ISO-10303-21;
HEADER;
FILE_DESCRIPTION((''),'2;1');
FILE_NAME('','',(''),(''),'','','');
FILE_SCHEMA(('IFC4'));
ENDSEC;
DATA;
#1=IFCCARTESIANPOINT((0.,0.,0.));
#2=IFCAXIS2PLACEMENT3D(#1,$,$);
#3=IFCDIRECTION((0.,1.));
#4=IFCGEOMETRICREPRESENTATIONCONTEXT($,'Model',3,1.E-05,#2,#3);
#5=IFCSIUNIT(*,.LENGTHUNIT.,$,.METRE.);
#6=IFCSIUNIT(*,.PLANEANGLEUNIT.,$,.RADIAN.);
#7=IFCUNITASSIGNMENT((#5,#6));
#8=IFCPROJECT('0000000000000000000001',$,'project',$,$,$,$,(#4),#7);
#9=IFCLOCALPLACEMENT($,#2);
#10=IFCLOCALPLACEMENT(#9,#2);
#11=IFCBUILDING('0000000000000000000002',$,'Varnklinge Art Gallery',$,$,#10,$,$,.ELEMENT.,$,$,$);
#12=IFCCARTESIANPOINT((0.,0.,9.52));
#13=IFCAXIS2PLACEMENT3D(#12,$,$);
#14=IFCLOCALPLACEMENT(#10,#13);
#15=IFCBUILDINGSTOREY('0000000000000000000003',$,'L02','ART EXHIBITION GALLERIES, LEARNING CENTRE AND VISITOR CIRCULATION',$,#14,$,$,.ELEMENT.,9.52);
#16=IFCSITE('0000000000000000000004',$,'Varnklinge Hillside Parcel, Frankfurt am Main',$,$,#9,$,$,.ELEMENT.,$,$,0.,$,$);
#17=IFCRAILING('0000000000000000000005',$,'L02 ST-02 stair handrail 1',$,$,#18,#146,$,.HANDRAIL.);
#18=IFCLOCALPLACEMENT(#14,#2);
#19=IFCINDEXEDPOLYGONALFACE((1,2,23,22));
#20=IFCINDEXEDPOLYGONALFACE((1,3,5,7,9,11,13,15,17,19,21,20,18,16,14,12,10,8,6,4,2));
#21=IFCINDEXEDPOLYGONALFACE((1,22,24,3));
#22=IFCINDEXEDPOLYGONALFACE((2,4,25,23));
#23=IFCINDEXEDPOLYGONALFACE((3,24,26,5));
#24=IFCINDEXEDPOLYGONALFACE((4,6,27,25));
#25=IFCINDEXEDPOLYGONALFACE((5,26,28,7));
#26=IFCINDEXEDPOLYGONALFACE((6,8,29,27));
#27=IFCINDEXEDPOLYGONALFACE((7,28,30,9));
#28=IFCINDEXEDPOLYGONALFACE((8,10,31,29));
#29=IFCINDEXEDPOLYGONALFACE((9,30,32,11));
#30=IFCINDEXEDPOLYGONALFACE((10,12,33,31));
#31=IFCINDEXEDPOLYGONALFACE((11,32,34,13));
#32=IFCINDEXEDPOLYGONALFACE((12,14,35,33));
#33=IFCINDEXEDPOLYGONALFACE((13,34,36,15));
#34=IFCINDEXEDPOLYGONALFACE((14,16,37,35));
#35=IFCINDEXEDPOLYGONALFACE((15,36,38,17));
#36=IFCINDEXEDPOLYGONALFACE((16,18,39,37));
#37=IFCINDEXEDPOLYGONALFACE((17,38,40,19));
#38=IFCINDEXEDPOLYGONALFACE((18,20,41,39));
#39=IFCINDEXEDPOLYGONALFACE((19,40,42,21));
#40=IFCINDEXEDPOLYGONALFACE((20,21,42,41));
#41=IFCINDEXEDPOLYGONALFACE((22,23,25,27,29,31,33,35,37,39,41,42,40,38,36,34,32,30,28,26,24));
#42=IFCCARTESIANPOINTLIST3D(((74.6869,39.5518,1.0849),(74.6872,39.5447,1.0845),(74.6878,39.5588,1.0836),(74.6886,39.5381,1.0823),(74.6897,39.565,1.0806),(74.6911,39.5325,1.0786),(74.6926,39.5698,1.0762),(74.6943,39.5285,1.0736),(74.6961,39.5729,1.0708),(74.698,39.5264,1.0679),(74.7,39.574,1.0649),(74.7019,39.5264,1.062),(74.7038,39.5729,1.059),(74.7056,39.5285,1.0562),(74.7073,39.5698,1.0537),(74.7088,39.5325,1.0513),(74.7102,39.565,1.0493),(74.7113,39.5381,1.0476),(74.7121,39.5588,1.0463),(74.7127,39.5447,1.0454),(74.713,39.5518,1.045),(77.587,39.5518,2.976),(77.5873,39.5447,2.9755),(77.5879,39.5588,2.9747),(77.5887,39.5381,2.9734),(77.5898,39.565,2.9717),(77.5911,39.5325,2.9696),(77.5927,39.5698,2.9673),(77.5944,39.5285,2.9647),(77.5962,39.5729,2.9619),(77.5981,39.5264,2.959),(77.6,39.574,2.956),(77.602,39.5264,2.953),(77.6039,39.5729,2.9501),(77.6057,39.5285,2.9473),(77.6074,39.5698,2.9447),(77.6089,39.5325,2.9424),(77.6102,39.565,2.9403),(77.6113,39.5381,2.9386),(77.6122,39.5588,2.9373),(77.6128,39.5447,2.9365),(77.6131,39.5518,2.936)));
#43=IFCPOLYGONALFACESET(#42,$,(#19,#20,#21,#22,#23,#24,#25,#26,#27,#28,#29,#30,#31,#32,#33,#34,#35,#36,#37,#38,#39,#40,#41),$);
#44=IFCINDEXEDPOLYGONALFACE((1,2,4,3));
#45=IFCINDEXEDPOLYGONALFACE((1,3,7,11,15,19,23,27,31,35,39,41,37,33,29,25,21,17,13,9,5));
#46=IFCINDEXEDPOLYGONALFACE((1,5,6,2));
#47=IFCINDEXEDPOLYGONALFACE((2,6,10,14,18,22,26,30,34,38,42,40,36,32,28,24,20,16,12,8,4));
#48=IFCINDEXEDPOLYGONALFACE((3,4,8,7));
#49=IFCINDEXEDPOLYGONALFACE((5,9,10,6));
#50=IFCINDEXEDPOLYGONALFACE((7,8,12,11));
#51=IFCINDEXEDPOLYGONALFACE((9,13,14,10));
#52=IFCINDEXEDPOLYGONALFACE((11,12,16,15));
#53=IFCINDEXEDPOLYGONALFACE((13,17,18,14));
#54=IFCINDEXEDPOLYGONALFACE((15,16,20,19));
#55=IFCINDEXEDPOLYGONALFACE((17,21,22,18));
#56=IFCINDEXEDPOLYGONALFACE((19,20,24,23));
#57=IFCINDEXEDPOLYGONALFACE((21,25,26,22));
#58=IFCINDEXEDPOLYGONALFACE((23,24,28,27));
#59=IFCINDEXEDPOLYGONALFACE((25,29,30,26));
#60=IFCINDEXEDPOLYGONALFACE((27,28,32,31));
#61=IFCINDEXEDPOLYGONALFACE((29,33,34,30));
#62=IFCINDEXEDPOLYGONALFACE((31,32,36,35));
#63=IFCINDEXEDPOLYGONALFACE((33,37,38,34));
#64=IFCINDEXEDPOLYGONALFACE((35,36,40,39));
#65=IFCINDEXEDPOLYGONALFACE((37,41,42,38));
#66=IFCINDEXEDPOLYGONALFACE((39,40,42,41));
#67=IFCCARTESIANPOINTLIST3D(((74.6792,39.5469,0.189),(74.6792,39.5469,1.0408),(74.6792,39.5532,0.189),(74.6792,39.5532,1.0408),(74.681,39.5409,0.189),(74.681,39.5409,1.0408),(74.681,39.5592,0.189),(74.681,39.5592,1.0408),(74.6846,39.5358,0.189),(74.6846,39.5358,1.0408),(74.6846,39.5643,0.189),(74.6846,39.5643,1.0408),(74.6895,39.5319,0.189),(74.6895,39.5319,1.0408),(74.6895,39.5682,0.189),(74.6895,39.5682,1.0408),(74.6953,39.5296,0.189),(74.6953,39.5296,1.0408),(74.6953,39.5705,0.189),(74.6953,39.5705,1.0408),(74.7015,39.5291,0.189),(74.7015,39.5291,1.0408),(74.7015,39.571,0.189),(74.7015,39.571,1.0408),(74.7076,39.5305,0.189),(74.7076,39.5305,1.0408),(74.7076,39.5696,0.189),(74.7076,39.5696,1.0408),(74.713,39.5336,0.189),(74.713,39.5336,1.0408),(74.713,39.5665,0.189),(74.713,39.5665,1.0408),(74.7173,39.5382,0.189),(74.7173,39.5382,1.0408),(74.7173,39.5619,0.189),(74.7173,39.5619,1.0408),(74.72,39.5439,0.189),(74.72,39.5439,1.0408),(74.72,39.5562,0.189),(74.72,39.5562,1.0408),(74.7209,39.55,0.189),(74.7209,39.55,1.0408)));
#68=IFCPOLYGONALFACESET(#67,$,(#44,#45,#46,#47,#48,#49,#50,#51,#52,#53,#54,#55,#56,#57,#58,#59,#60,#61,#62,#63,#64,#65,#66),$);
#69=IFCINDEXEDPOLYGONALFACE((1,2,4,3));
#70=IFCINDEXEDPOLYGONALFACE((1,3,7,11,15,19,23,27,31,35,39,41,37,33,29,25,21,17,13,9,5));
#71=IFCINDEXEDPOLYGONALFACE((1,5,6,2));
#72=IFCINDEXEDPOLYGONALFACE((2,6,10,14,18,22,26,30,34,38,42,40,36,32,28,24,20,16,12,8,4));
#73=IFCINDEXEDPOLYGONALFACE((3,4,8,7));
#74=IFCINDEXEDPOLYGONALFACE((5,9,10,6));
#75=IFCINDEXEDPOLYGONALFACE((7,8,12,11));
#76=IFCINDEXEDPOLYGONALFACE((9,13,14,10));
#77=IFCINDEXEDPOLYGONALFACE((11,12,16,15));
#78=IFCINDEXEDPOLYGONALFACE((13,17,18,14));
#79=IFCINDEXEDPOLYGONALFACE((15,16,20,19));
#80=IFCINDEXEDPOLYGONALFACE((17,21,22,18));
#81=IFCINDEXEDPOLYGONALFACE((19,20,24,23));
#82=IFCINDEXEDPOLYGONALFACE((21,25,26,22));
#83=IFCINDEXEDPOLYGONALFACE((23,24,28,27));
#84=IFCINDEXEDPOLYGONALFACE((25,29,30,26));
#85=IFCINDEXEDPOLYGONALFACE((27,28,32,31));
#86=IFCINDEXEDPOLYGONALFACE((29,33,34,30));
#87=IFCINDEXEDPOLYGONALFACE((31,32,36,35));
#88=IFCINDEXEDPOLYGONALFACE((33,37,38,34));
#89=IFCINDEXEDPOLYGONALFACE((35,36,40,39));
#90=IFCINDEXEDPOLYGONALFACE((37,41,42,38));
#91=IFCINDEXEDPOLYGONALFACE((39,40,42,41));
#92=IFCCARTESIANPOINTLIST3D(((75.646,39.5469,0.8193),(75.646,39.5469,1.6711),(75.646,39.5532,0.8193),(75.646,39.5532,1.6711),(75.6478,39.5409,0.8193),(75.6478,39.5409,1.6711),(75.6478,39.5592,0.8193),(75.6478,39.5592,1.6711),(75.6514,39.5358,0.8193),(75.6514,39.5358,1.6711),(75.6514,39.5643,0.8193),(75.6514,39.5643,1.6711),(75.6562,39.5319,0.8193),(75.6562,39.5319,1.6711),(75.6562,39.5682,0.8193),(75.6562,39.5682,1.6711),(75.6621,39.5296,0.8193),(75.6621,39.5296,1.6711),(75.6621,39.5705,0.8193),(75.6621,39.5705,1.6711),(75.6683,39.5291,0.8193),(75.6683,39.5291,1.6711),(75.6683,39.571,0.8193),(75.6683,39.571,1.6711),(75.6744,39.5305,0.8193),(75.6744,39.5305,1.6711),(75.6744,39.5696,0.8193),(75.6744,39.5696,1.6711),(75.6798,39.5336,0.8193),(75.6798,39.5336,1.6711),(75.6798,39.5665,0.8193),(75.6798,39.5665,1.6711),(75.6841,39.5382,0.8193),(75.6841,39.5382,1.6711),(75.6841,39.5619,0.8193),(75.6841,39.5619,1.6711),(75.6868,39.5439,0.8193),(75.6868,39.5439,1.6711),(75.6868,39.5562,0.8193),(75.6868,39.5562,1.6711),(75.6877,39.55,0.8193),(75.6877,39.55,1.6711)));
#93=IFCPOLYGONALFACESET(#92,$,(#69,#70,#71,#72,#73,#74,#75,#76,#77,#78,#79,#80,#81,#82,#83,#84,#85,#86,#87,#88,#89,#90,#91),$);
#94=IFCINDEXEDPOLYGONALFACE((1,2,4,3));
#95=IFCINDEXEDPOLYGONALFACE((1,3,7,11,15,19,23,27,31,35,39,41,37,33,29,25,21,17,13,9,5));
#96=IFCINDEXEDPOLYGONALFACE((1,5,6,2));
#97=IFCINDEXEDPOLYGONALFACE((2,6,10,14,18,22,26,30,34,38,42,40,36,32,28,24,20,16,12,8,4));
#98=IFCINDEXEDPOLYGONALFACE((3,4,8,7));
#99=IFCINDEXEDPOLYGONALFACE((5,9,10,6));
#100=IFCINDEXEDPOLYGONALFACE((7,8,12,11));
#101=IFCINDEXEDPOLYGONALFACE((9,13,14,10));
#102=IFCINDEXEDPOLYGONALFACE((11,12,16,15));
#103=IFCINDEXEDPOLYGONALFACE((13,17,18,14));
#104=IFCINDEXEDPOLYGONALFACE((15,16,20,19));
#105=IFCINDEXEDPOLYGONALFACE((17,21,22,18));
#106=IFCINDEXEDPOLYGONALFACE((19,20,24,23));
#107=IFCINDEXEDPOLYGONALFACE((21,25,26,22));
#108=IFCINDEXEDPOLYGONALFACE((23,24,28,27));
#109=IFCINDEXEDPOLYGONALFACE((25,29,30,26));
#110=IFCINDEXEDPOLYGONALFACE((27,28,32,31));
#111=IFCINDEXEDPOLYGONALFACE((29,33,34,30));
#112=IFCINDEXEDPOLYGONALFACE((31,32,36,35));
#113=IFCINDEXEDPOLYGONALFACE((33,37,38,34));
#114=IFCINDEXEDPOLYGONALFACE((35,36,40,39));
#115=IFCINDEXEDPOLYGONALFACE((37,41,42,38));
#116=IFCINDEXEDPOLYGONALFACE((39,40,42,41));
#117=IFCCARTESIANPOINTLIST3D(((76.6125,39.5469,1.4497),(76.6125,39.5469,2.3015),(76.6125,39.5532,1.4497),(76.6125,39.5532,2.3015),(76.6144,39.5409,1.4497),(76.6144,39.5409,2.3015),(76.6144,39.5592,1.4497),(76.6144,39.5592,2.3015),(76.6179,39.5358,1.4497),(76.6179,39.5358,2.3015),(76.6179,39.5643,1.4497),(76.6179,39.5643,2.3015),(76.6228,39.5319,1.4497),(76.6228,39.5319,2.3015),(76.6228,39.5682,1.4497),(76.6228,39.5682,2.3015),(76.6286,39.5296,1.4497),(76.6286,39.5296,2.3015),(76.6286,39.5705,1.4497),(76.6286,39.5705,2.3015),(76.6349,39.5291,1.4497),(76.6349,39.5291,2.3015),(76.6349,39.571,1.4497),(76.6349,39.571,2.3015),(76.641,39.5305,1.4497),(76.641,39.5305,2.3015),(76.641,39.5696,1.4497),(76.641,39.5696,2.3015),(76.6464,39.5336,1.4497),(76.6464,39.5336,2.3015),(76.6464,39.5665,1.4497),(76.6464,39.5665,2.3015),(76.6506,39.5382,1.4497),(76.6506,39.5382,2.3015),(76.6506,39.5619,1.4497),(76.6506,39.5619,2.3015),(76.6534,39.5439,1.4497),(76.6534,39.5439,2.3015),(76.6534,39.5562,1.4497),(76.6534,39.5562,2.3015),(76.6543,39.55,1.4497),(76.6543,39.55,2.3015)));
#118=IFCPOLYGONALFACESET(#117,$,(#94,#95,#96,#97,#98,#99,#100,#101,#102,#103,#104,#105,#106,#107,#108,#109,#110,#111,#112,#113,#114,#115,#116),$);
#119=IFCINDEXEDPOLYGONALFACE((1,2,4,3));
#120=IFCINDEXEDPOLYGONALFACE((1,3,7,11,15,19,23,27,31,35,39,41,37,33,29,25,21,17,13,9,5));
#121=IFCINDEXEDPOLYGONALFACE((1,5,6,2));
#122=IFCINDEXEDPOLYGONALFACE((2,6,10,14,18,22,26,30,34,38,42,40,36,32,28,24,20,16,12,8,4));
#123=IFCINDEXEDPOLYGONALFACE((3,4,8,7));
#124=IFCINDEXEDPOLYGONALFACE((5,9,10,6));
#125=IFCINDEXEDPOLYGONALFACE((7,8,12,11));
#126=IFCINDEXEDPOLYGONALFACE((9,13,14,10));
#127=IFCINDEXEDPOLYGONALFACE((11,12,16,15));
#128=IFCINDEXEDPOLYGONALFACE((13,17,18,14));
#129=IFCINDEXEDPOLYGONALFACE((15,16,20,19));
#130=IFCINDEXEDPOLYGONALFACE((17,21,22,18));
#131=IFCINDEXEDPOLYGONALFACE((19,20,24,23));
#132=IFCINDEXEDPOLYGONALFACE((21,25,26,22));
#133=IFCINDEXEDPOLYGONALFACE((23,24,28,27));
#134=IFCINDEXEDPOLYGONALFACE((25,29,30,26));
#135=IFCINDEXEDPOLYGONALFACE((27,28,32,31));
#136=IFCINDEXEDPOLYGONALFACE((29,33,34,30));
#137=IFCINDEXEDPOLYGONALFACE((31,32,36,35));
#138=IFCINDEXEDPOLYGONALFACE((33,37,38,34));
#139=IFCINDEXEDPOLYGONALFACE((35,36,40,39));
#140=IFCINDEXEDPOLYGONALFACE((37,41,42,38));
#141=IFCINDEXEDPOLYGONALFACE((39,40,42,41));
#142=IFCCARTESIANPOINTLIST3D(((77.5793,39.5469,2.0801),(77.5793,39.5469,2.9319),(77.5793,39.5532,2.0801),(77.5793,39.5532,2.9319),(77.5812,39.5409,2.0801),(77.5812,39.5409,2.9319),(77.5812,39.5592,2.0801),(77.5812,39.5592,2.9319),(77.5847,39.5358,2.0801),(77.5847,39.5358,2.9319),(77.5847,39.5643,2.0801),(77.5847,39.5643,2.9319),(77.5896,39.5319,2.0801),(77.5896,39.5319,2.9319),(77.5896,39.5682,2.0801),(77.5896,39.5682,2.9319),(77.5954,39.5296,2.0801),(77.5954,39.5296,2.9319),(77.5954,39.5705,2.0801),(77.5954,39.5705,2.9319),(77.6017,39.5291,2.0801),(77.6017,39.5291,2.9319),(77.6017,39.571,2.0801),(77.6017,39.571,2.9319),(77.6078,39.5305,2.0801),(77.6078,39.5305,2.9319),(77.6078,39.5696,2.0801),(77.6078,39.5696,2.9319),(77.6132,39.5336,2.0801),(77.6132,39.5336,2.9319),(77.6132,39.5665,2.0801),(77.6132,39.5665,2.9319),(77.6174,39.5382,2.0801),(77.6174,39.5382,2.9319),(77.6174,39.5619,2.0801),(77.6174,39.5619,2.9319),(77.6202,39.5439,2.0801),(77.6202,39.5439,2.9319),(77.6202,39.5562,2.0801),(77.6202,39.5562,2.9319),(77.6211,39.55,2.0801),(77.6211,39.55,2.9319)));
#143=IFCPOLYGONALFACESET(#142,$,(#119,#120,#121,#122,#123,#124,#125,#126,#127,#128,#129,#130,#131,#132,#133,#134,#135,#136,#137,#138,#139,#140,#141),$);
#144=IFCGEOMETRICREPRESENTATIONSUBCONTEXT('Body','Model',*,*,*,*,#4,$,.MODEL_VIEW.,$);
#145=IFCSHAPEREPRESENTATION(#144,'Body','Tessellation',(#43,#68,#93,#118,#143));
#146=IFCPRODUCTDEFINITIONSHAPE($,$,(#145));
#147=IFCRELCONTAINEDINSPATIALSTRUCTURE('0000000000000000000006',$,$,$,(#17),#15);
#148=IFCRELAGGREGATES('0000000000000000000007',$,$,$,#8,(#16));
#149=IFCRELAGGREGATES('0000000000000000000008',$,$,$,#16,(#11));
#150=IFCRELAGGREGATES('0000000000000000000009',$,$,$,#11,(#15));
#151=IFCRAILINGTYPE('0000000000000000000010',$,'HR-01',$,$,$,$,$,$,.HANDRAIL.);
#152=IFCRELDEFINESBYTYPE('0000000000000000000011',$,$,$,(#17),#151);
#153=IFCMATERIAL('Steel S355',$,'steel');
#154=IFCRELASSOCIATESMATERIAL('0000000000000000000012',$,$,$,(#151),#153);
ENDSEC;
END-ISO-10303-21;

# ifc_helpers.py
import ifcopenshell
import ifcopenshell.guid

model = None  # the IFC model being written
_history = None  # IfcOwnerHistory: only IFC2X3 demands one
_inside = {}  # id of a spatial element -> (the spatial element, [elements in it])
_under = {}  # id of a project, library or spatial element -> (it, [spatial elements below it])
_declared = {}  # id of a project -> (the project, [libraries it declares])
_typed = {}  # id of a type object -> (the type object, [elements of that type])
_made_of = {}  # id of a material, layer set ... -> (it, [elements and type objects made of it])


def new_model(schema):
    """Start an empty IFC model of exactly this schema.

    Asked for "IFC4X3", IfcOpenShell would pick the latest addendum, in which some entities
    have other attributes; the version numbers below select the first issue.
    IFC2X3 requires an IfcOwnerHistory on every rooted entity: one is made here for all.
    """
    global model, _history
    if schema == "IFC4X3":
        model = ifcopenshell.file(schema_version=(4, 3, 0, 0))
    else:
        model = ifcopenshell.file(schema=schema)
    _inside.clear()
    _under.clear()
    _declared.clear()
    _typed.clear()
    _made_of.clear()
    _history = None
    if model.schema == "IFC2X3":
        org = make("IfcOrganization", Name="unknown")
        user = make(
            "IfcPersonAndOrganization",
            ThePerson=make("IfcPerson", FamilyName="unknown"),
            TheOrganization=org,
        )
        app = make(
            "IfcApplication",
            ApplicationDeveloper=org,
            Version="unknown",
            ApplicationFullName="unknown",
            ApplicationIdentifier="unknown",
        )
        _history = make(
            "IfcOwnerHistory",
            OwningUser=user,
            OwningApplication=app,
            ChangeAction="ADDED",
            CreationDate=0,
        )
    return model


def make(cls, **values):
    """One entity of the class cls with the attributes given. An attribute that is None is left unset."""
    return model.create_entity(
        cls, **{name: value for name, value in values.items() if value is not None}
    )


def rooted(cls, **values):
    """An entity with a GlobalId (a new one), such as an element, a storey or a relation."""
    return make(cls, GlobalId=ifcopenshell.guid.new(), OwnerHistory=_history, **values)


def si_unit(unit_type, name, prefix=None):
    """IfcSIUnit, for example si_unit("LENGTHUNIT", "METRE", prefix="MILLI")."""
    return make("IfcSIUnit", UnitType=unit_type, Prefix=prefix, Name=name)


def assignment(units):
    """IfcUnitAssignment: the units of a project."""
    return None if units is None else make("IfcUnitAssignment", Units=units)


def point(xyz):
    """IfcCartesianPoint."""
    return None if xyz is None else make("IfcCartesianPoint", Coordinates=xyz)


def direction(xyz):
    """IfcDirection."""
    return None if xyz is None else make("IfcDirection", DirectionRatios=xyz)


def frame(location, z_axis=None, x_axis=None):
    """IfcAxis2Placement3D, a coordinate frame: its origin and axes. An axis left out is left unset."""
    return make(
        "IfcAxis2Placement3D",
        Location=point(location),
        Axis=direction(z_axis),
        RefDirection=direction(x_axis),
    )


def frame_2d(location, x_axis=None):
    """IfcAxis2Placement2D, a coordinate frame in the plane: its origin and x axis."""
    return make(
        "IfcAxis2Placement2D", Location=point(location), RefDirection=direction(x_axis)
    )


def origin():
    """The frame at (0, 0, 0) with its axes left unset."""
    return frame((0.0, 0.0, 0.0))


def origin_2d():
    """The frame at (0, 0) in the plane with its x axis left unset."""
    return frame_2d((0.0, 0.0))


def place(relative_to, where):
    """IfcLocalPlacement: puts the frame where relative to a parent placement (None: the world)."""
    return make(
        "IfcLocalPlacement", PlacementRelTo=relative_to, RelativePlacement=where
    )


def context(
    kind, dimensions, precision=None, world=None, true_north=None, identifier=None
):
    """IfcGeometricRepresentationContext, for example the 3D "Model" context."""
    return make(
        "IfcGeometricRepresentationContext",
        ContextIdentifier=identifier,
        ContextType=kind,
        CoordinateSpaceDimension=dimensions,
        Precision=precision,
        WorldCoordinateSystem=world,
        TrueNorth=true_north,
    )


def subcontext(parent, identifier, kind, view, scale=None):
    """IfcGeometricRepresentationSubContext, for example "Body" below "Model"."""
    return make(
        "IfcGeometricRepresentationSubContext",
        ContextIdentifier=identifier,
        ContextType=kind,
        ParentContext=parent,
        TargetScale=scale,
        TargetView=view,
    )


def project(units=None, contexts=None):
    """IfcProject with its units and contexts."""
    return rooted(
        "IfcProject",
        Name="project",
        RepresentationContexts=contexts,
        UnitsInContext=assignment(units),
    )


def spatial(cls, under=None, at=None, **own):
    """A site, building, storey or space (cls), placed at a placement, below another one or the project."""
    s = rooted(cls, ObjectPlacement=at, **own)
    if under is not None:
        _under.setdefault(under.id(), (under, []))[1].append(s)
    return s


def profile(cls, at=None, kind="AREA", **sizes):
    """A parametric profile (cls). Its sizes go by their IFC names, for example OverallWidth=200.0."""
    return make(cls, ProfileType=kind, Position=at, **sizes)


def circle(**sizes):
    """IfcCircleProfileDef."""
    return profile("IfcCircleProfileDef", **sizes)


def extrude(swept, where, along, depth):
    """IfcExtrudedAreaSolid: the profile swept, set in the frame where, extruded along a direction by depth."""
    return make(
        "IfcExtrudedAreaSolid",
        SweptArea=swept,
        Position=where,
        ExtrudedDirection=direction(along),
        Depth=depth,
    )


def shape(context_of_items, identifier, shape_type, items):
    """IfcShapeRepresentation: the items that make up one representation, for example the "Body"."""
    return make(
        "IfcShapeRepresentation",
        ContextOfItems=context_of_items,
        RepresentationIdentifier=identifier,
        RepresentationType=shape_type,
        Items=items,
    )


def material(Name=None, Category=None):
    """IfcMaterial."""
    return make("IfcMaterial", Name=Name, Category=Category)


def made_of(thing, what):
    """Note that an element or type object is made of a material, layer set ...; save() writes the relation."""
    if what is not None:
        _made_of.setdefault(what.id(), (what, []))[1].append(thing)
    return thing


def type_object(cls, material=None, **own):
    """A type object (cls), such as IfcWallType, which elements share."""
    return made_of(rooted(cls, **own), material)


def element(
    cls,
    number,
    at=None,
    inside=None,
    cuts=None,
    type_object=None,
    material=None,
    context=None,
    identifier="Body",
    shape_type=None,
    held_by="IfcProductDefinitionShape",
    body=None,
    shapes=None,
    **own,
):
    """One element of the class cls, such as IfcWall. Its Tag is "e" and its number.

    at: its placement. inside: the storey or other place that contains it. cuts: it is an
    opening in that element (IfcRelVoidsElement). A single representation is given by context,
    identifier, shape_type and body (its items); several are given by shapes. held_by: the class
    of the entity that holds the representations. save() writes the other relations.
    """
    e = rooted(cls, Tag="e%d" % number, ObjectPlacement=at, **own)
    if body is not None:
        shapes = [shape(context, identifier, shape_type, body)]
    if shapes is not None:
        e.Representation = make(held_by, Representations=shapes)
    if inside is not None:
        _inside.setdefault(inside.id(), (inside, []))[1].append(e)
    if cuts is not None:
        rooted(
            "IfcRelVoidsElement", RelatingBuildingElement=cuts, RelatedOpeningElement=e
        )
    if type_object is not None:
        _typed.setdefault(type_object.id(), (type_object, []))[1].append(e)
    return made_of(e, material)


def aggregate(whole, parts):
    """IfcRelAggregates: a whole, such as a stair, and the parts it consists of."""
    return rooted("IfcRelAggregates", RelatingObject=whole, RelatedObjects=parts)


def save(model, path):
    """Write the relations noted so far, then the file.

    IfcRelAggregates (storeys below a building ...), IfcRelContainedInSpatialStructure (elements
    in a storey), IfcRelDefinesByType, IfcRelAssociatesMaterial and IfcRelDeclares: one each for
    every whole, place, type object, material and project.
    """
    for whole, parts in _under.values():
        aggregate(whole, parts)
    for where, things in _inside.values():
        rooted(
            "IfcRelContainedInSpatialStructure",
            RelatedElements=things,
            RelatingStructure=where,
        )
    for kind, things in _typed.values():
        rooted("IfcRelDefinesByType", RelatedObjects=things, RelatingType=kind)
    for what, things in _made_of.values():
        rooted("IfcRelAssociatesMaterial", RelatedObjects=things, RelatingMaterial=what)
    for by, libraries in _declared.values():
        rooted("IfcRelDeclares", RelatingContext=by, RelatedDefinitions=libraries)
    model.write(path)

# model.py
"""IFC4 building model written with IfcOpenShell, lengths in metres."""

from ifc_helpers import new_model, si_unit, direction, frame, origin, origin_2d, place, context, subcontext, project, spatial, circle, extrude, material, type_object, element, save


model = new_model("IFC4")

# Units and contexts
model_context = context("Model", 3, precision=1e-05, world=origin(), true_north=direction((0.0, 1.0)))
body_context = subcontext(model_context, "Body", "Model", "MODEL_VIEW")
ifc_project = project(units=[si_unit("LENGTHUNIT", "METRE"), si_unit("PLANEANGLEUNIT", "RADIAN")], contexts=[model_context])

# Site, building, storey
site_placement = place(None, origin())
site = spatial("IfcSite", under=ifc_project, at=site_placement, Name="Varnklinge Hillside Parcel, Frankfurt am Main", CompositionType="ELEMENT", RefElevation=0.0)
building_placement = place(site_placement, origin())
building = spatial("IfcBuilding", under=site, at=building_placement, Name="Varnklinge Art Gallery", CompositionType="ELEMENT")
storey_placement = place(building_placement, frame((0.0, 0.0, 9.52)))
storey = spatial("IfcBuildingStorey", under=building, at=storey_placement, Name="L02", Description="ART EXHIBITION GALLERIES, LEARNING CENTRE AND VISITOR CIRCULATION", CompositionType="ELEMENT", Elevation=9.52)

# Railing
ifc_material_1 = material(Name="Steel S355", Category="steel")
railing_type_1 = type_object("IfcRailingType", Name="HR-01", PredefinedType="HANDRAIL", material=ifc_material_1)
railing_1_placement = place(storey_placement, frame((74.7, 39.55, 0.189)))
element("IfcRailing", 1, at=railing_1_placement, inside=storey, type_object=railing_type_1, Name="L02 ST-02 stair handrail 1", PredefinedType="HANDRAIL", context=body_context, shape_type="SweptSolid", body=[
    extrude(circle(Radius=0.0239, at=origin_2d()), frame((0.0, 0.0, 0.876), z_axis=(0.837648, 0.0, 0.54621), x_axis=(0.0, 1.0, 0.0)), (0.0, 0.0, 1.0), 3.4622),
    extrude(circle(Radius=0.021, at=origin_2d()), origin(), (0.0, 0.0, 1.0), 0.8518),
    extrude(circle(Radius=0.021, at=origin_2d()), frame((0.9668, 0.0, 0.6304)), (0.0, 0.0, 1.0), 0.8518),
    extrude(circle(Radius=0.021, at=origin_2d()), frame((1.9333, 0.0, 1.2607)), (0.0, 0.0, 1.0), 0.8518),
    extrude(circle(Radius=0.021, at=origin_2d()), frame((2.9001, 0.0, 1.8911)), (0.0, 0.0, 1.0), 0.8518),
])

save(model, "model.ifc")
